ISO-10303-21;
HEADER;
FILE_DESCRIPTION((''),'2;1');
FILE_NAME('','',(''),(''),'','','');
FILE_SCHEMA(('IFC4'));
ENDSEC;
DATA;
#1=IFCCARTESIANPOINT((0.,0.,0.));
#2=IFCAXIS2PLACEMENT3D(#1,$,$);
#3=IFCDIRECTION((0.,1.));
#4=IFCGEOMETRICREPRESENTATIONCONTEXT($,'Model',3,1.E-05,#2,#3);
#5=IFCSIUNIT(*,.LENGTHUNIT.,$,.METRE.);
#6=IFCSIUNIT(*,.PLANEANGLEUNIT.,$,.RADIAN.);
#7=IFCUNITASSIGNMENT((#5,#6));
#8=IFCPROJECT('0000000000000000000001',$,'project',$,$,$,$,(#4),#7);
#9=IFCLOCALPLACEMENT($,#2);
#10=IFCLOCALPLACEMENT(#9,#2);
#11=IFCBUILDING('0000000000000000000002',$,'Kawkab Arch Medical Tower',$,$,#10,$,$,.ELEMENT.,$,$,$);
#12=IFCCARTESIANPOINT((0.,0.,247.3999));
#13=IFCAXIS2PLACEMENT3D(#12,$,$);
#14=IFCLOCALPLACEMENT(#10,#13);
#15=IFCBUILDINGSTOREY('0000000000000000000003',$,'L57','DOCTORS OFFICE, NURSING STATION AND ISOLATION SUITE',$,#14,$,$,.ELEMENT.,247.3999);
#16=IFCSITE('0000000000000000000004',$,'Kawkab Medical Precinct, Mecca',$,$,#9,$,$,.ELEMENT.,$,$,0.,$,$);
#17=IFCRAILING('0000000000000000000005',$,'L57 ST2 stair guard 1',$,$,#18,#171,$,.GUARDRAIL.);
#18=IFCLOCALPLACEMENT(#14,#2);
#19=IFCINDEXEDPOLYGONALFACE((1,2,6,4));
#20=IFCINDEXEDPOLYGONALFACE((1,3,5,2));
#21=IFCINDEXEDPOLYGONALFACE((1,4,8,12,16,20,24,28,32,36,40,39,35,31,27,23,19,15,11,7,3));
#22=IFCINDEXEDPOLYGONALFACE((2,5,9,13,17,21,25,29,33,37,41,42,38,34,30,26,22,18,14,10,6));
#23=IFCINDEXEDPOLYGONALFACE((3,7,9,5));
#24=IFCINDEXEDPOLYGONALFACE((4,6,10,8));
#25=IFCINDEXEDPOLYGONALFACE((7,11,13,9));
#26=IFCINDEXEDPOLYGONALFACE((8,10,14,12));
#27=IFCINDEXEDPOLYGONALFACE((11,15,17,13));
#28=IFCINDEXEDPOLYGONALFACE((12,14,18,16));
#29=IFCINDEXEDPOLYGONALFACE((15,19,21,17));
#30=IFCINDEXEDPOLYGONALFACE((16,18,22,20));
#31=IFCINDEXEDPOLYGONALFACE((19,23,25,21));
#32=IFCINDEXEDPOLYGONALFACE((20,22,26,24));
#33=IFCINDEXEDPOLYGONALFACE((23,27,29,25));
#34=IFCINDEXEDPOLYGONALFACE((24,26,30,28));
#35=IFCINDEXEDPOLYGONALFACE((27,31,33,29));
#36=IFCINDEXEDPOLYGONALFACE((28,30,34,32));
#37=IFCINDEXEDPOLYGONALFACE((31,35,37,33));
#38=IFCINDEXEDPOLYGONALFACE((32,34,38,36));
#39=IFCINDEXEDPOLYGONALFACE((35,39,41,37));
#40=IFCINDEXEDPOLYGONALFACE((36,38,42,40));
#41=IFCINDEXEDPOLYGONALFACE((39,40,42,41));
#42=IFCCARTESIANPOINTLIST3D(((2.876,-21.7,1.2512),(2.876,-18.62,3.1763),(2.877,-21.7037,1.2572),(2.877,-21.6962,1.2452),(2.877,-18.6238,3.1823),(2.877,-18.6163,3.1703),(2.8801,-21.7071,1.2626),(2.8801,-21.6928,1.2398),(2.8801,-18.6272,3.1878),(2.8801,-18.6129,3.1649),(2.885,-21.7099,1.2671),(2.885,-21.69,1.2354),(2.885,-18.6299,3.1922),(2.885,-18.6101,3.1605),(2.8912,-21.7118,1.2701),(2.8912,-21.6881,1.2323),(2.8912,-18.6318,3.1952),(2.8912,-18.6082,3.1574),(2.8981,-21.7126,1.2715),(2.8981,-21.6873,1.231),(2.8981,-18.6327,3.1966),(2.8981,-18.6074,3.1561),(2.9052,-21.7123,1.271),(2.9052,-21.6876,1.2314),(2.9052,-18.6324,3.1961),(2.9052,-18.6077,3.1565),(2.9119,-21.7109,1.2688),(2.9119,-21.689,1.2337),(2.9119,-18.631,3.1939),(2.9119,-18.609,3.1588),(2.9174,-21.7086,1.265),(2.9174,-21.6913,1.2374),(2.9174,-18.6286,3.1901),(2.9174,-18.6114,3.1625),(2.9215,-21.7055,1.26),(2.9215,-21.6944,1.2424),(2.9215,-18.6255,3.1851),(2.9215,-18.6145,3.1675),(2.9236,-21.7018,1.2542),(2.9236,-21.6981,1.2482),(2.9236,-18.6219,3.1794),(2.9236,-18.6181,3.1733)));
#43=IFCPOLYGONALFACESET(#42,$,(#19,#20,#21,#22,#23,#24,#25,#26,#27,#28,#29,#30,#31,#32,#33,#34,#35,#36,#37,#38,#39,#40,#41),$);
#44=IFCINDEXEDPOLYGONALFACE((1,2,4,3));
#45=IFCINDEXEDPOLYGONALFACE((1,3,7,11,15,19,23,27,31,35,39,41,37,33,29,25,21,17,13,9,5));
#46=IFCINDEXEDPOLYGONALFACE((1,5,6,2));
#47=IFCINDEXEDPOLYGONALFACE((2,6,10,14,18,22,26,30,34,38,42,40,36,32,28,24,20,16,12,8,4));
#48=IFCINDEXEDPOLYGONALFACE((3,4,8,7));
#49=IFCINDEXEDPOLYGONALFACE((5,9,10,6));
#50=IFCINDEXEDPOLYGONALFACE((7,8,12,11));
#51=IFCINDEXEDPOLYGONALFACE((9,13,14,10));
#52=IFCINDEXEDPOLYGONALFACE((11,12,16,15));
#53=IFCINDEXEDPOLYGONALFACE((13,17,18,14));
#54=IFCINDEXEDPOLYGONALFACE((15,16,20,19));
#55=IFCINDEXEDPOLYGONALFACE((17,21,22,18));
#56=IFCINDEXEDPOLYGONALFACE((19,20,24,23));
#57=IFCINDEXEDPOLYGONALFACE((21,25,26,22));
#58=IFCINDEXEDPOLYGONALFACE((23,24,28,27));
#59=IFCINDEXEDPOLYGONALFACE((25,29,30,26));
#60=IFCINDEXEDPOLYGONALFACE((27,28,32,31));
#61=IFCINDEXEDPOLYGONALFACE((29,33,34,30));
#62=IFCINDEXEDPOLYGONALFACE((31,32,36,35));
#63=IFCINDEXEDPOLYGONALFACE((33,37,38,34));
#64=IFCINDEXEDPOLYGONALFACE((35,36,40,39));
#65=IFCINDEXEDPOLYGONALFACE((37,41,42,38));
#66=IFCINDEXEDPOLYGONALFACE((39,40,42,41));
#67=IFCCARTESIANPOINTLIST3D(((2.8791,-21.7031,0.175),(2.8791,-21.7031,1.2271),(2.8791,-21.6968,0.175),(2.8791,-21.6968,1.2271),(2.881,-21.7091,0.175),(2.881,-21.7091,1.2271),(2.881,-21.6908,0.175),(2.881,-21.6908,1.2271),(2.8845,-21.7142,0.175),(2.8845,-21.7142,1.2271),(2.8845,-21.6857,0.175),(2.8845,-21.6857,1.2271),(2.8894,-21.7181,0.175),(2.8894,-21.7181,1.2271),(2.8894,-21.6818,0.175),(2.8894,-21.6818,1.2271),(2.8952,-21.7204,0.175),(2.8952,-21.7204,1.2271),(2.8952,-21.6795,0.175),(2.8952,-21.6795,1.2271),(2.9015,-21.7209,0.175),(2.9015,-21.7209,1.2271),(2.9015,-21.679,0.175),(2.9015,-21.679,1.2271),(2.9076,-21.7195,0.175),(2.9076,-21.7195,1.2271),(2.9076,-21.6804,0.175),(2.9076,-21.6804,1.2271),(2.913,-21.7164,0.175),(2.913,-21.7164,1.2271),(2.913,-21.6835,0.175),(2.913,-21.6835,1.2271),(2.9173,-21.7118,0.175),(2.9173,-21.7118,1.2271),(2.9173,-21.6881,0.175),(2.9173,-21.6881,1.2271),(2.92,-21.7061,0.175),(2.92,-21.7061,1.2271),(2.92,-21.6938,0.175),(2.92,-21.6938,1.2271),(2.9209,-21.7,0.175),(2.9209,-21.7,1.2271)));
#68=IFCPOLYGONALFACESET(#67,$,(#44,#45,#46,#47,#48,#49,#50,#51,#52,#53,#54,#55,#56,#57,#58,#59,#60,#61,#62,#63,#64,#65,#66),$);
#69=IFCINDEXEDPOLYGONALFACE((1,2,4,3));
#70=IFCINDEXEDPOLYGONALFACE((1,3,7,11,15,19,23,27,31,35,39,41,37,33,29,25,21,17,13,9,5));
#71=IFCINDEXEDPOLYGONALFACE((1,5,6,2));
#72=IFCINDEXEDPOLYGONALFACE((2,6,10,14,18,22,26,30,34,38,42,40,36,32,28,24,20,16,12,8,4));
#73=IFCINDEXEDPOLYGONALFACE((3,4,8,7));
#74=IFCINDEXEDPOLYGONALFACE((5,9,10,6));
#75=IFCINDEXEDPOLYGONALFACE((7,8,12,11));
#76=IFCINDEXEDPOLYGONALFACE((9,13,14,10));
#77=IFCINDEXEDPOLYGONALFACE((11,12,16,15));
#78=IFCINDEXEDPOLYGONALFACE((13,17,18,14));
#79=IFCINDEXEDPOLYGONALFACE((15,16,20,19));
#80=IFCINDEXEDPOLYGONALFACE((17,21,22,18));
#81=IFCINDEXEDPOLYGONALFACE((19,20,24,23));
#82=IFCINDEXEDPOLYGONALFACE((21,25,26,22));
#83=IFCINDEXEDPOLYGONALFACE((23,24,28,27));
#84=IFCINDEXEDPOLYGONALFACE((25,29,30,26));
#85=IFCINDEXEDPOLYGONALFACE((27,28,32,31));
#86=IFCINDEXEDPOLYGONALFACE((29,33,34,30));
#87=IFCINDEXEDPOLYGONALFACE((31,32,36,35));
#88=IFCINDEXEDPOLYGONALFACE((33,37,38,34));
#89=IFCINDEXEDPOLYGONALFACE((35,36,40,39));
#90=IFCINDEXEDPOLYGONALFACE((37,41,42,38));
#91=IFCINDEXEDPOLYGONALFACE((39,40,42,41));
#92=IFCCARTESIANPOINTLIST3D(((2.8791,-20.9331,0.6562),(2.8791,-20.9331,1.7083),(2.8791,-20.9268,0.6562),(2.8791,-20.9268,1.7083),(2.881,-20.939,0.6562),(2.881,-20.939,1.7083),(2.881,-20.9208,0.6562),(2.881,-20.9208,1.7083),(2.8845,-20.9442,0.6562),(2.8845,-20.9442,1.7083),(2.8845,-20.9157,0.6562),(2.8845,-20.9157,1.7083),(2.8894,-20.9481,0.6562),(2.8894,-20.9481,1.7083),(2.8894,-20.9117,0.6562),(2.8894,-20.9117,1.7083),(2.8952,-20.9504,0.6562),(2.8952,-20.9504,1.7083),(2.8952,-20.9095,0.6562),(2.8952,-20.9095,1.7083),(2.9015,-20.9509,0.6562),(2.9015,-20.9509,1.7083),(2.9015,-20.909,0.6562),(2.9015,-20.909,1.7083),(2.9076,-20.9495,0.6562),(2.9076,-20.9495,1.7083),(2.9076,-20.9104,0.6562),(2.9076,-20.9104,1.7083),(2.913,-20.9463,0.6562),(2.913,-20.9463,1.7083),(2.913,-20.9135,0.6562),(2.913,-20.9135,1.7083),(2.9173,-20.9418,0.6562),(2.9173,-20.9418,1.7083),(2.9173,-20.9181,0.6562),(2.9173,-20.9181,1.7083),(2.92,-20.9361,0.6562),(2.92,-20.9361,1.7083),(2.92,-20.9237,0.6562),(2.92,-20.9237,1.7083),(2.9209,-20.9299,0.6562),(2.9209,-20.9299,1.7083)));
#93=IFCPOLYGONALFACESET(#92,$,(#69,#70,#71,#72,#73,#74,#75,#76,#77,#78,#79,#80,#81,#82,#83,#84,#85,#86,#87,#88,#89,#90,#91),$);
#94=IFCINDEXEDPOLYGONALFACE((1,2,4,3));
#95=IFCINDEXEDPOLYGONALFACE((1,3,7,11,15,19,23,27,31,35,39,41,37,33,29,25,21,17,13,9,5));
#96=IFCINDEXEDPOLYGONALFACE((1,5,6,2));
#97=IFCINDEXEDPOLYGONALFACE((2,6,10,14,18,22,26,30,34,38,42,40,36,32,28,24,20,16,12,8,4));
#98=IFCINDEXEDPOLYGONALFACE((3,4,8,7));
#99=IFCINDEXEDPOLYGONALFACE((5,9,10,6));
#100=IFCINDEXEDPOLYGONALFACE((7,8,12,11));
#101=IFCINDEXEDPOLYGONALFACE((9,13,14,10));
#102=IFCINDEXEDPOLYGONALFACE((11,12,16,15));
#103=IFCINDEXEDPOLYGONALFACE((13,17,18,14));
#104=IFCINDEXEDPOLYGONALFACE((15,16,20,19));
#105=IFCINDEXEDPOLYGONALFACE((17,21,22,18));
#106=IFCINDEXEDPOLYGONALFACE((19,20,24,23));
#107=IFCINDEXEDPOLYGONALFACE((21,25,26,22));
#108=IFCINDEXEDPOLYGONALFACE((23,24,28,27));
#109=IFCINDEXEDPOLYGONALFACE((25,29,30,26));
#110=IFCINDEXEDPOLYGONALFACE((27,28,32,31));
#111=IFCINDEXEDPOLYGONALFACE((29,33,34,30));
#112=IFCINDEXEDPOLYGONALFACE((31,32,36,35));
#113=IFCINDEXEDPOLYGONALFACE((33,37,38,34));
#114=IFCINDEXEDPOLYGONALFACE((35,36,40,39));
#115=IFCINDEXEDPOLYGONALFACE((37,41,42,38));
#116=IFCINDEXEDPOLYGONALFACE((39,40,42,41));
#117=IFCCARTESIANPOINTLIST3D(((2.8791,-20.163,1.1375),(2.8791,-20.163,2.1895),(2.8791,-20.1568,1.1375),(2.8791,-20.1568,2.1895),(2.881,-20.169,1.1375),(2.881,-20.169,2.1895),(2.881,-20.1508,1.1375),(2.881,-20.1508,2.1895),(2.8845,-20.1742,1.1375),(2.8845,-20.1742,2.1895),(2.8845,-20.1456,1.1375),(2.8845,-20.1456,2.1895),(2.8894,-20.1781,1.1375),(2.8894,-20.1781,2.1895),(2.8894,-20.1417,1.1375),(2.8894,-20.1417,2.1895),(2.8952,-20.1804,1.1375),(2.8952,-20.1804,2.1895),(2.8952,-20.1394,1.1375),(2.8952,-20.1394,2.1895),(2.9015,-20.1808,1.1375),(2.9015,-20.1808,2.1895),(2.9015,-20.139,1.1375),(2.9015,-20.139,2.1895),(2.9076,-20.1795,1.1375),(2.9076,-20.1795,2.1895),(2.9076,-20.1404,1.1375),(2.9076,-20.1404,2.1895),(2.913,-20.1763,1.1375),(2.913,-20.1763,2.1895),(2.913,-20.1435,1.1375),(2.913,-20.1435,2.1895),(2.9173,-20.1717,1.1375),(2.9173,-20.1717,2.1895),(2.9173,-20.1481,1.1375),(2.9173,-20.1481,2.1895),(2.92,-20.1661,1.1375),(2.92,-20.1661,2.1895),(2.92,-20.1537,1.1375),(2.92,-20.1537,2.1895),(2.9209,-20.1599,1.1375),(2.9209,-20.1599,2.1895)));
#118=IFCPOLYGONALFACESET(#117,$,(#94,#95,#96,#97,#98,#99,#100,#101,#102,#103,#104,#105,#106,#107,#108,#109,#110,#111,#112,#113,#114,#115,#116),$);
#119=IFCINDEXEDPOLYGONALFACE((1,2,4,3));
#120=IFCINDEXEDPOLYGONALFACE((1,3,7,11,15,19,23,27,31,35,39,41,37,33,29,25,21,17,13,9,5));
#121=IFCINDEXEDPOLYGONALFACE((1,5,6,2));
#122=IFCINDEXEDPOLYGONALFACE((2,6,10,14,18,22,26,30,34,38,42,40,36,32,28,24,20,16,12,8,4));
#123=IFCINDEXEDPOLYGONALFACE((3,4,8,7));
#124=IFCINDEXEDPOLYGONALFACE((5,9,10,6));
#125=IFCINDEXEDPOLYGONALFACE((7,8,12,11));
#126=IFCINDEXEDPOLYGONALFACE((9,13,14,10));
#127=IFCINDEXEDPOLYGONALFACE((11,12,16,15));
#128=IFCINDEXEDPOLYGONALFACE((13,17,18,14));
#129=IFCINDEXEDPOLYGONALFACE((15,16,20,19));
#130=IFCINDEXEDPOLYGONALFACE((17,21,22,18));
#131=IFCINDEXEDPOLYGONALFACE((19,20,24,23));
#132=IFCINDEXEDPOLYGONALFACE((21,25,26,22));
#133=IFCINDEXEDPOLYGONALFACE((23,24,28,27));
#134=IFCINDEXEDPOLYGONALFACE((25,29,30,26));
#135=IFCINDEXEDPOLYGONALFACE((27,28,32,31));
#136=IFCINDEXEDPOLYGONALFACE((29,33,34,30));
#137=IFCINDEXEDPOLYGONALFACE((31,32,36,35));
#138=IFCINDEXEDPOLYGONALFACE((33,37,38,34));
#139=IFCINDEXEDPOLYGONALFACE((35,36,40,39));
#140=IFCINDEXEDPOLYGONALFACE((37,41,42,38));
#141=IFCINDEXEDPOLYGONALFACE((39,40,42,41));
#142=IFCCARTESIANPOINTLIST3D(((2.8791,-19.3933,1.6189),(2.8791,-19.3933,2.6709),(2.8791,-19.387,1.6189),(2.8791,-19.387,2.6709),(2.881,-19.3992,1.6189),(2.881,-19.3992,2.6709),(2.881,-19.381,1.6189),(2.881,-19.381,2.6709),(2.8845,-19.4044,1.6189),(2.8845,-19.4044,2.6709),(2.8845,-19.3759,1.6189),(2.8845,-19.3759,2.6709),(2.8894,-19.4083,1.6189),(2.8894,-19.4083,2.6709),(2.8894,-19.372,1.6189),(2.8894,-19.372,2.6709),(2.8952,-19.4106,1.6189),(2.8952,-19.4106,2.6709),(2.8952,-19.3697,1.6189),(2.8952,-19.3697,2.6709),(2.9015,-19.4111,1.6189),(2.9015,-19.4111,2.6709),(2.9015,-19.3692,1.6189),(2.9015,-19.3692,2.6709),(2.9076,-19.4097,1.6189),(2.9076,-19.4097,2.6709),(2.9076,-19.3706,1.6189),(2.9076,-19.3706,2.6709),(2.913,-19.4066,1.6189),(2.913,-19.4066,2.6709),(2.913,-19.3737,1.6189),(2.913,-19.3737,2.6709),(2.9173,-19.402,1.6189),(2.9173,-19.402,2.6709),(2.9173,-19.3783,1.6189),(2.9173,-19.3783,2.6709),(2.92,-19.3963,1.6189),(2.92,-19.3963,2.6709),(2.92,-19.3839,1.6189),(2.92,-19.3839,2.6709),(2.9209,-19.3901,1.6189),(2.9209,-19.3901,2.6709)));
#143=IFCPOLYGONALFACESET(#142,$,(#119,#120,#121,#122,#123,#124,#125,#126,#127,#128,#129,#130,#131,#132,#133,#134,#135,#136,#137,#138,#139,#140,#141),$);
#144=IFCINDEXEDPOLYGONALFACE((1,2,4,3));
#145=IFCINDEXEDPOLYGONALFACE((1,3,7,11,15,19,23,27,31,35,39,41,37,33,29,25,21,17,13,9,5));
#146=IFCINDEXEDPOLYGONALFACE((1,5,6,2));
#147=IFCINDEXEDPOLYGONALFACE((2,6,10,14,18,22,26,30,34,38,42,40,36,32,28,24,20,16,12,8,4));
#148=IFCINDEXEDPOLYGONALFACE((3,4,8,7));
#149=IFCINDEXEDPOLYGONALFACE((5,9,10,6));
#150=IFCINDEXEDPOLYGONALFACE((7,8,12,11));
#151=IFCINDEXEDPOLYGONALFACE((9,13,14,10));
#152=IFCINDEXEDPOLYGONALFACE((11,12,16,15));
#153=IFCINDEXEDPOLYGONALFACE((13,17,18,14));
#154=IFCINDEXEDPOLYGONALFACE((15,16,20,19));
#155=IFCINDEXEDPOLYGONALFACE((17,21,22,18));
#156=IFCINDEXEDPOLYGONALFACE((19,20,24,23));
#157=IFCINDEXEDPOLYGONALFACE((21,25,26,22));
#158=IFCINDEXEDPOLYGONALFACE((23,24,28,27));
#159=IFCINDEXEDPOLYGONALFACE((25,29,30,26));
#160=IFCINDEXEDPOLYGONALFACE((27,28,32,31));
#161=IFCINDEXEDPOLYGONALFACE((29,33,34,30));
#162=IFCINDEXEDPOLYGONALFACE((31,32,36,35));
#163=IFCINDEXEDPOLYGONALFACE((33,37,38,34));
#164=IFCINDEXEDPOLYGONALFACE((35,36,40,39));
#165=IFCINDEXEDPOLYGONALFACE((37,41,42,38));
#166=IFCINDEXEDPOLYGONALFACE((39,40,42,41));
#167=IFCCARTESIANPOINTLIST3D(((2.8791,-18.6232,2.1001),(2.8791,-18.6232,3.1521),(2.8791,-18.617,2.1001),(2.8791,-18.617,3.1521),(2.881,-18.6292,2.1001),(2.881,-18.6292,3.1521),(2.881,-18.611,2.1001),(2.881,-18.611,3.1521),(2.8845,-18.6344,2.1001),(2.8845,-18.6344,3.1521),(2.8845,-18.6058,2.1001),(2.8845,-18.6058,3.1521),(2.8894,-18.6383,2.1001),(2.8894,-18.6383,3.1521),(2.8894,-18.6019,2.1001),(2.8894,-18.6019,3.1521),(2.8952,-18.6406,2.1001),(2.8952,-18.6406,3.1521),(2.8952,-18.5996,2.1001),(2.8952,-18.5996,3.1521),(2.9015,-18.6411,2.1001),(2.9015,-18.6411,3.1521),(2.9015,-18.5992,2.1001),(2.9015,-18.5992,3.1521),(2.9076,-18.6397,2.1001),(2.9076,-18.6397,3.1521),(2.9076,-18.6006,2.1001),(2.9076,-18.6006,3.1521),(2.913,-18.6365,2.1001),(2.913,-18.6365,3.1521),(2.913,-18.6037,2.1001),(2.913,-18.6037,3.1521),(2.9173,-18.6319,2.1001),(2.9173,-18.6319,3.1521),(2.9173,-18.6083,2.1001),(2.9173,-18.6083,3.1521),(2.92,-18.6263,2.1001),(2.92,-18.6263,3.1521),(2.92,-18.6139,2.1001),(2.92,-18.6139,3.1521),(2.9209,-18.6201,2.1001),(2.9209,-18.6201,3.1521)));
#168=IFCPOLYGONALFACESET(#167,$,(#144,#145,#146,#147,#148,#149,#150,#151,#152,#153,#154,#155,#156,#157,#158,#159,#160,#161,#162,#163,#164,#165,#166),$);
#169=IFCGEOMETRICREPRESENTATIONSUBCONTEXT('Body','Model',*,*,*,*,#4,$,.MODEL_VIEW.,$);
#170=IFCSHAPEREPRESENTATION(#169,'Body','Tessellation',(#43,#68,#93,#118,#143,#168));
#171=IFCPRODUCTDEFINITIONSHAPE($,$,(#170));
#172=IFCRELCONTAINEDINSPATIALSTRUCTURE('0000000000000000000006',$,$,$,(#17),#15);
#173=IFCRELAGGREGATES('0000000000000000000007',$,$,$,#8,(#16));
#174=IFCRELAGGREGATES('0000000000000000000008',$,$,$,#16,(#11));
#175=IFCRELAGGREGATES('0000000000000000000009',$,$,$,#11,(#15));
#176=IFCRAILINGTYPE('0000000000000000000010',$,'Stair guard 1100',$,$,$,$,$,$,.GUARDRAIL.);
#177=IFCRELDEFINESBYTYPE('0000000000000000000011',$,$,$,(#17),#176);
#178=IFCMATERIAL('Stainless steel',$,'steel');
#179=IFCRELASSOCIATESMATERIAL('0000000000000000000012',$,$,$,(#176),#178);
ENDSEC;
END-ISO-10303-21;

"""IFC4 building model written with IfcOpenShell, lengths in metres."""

from ifc_helpers import new_model, si_unit, direction, frame, origin, origin_2d, place, context, subcontext, project, spatial, circle, extrude, material, type_object, element, save


model = new_model("IFC4")

# Units and contexts
model_context = context("Model", 3, precision=1e-05, world=origin(), true_north=direction((0.0, 1.0)))
body_context = subcontext(model_context, "Body", "Model", "MODEL_VIEW")
ifc_project = project(units=[si_unit("LENGTHUNIT", "METRE"), si_unit("PLANEANGLEUNIT", "RADIAN")], contexts=[model_context])

# Site, building, storey
site_placement = place(None, origin())
site = spatial("IfcSite", under=ifc_project, at=site_placement, Name="Kawkab Medical Precinct, Mecca", CompositionType="ELEMENT", RefElevation=0.0)
building_placement = place(site_placement, origin())
building = spatial("IfcBuilding", under=site, at=building_placement, Name="Kawkab Arch Medical Tower", CompositionType="ELEMENT")
storey_placement = place(building_placement, frame((0.0, 0.0, 247.3999)))
storey = spatial("IfcBuildingStorey", under=building, at=storey_placement, Name="L57", Description="DOCTORS OFFICE, NURSING STATION AND ISOLATION SUITE", CompositionType="ELEMENT", Elevation=247.3999)

# Railing
ifc_material_1 = material(Name="Stainless steel", Category="steel")
railing_type_1 = type_object("IfcRailingType", Name="Stair guard 1100", PredefinedType="GUARDRAIL", material=ifc_material_1)
railing_1_placement = place(storey_placement, frame((2.8999, -21.7, 0.175)))
element("IfcRailing", 1, at=railing_1_placement, inside=storey, type_object=railing_type_1, Name="L57 ST2 stair guard 1", PredefinedType="GUARDRAIL", context=body_context, shape_type="SweptSolid", body=[
    extrude(circle(Radius=0.0239, at=origin_2d()), frame((0.0, 0.0, 1.0762), z_axis=(0.0, 0.847979, 0.530029), x_axis=(-1.0, 0.0, 0.0)), (0.0, 0.0, 1.0), 3.6321),
    extrude(circle(Radius=0.021, at=origin_2d()), origin(), (0.0, 0.0, 1.0), 1.052),
    extrude(circle(Radius=0.021, at=origin_2d()), frame((0.0, 0.77, 0.4812)), (0.0, 0.0, 1.0), 1.052),
    extrude(circle(Radius=0.021, at=origin_2d()), frame((0.0, 1.54, 0.9624)), (0.0, 0.0, 1.0), 1.052),
    extrude(circle(Radius=0.021, at=origin_2d()), frame((0.0, 2.3098, 1.4438)), (0.0, 0.0, 1.0), 1.052),
    extrude(circle(Radius=0.021, at=origin_2d()), frame((0.0, 3.0798, 1.925)), (0.0, 0.0, 1.0), 1.052),
])

save(model, "model.ifc")
